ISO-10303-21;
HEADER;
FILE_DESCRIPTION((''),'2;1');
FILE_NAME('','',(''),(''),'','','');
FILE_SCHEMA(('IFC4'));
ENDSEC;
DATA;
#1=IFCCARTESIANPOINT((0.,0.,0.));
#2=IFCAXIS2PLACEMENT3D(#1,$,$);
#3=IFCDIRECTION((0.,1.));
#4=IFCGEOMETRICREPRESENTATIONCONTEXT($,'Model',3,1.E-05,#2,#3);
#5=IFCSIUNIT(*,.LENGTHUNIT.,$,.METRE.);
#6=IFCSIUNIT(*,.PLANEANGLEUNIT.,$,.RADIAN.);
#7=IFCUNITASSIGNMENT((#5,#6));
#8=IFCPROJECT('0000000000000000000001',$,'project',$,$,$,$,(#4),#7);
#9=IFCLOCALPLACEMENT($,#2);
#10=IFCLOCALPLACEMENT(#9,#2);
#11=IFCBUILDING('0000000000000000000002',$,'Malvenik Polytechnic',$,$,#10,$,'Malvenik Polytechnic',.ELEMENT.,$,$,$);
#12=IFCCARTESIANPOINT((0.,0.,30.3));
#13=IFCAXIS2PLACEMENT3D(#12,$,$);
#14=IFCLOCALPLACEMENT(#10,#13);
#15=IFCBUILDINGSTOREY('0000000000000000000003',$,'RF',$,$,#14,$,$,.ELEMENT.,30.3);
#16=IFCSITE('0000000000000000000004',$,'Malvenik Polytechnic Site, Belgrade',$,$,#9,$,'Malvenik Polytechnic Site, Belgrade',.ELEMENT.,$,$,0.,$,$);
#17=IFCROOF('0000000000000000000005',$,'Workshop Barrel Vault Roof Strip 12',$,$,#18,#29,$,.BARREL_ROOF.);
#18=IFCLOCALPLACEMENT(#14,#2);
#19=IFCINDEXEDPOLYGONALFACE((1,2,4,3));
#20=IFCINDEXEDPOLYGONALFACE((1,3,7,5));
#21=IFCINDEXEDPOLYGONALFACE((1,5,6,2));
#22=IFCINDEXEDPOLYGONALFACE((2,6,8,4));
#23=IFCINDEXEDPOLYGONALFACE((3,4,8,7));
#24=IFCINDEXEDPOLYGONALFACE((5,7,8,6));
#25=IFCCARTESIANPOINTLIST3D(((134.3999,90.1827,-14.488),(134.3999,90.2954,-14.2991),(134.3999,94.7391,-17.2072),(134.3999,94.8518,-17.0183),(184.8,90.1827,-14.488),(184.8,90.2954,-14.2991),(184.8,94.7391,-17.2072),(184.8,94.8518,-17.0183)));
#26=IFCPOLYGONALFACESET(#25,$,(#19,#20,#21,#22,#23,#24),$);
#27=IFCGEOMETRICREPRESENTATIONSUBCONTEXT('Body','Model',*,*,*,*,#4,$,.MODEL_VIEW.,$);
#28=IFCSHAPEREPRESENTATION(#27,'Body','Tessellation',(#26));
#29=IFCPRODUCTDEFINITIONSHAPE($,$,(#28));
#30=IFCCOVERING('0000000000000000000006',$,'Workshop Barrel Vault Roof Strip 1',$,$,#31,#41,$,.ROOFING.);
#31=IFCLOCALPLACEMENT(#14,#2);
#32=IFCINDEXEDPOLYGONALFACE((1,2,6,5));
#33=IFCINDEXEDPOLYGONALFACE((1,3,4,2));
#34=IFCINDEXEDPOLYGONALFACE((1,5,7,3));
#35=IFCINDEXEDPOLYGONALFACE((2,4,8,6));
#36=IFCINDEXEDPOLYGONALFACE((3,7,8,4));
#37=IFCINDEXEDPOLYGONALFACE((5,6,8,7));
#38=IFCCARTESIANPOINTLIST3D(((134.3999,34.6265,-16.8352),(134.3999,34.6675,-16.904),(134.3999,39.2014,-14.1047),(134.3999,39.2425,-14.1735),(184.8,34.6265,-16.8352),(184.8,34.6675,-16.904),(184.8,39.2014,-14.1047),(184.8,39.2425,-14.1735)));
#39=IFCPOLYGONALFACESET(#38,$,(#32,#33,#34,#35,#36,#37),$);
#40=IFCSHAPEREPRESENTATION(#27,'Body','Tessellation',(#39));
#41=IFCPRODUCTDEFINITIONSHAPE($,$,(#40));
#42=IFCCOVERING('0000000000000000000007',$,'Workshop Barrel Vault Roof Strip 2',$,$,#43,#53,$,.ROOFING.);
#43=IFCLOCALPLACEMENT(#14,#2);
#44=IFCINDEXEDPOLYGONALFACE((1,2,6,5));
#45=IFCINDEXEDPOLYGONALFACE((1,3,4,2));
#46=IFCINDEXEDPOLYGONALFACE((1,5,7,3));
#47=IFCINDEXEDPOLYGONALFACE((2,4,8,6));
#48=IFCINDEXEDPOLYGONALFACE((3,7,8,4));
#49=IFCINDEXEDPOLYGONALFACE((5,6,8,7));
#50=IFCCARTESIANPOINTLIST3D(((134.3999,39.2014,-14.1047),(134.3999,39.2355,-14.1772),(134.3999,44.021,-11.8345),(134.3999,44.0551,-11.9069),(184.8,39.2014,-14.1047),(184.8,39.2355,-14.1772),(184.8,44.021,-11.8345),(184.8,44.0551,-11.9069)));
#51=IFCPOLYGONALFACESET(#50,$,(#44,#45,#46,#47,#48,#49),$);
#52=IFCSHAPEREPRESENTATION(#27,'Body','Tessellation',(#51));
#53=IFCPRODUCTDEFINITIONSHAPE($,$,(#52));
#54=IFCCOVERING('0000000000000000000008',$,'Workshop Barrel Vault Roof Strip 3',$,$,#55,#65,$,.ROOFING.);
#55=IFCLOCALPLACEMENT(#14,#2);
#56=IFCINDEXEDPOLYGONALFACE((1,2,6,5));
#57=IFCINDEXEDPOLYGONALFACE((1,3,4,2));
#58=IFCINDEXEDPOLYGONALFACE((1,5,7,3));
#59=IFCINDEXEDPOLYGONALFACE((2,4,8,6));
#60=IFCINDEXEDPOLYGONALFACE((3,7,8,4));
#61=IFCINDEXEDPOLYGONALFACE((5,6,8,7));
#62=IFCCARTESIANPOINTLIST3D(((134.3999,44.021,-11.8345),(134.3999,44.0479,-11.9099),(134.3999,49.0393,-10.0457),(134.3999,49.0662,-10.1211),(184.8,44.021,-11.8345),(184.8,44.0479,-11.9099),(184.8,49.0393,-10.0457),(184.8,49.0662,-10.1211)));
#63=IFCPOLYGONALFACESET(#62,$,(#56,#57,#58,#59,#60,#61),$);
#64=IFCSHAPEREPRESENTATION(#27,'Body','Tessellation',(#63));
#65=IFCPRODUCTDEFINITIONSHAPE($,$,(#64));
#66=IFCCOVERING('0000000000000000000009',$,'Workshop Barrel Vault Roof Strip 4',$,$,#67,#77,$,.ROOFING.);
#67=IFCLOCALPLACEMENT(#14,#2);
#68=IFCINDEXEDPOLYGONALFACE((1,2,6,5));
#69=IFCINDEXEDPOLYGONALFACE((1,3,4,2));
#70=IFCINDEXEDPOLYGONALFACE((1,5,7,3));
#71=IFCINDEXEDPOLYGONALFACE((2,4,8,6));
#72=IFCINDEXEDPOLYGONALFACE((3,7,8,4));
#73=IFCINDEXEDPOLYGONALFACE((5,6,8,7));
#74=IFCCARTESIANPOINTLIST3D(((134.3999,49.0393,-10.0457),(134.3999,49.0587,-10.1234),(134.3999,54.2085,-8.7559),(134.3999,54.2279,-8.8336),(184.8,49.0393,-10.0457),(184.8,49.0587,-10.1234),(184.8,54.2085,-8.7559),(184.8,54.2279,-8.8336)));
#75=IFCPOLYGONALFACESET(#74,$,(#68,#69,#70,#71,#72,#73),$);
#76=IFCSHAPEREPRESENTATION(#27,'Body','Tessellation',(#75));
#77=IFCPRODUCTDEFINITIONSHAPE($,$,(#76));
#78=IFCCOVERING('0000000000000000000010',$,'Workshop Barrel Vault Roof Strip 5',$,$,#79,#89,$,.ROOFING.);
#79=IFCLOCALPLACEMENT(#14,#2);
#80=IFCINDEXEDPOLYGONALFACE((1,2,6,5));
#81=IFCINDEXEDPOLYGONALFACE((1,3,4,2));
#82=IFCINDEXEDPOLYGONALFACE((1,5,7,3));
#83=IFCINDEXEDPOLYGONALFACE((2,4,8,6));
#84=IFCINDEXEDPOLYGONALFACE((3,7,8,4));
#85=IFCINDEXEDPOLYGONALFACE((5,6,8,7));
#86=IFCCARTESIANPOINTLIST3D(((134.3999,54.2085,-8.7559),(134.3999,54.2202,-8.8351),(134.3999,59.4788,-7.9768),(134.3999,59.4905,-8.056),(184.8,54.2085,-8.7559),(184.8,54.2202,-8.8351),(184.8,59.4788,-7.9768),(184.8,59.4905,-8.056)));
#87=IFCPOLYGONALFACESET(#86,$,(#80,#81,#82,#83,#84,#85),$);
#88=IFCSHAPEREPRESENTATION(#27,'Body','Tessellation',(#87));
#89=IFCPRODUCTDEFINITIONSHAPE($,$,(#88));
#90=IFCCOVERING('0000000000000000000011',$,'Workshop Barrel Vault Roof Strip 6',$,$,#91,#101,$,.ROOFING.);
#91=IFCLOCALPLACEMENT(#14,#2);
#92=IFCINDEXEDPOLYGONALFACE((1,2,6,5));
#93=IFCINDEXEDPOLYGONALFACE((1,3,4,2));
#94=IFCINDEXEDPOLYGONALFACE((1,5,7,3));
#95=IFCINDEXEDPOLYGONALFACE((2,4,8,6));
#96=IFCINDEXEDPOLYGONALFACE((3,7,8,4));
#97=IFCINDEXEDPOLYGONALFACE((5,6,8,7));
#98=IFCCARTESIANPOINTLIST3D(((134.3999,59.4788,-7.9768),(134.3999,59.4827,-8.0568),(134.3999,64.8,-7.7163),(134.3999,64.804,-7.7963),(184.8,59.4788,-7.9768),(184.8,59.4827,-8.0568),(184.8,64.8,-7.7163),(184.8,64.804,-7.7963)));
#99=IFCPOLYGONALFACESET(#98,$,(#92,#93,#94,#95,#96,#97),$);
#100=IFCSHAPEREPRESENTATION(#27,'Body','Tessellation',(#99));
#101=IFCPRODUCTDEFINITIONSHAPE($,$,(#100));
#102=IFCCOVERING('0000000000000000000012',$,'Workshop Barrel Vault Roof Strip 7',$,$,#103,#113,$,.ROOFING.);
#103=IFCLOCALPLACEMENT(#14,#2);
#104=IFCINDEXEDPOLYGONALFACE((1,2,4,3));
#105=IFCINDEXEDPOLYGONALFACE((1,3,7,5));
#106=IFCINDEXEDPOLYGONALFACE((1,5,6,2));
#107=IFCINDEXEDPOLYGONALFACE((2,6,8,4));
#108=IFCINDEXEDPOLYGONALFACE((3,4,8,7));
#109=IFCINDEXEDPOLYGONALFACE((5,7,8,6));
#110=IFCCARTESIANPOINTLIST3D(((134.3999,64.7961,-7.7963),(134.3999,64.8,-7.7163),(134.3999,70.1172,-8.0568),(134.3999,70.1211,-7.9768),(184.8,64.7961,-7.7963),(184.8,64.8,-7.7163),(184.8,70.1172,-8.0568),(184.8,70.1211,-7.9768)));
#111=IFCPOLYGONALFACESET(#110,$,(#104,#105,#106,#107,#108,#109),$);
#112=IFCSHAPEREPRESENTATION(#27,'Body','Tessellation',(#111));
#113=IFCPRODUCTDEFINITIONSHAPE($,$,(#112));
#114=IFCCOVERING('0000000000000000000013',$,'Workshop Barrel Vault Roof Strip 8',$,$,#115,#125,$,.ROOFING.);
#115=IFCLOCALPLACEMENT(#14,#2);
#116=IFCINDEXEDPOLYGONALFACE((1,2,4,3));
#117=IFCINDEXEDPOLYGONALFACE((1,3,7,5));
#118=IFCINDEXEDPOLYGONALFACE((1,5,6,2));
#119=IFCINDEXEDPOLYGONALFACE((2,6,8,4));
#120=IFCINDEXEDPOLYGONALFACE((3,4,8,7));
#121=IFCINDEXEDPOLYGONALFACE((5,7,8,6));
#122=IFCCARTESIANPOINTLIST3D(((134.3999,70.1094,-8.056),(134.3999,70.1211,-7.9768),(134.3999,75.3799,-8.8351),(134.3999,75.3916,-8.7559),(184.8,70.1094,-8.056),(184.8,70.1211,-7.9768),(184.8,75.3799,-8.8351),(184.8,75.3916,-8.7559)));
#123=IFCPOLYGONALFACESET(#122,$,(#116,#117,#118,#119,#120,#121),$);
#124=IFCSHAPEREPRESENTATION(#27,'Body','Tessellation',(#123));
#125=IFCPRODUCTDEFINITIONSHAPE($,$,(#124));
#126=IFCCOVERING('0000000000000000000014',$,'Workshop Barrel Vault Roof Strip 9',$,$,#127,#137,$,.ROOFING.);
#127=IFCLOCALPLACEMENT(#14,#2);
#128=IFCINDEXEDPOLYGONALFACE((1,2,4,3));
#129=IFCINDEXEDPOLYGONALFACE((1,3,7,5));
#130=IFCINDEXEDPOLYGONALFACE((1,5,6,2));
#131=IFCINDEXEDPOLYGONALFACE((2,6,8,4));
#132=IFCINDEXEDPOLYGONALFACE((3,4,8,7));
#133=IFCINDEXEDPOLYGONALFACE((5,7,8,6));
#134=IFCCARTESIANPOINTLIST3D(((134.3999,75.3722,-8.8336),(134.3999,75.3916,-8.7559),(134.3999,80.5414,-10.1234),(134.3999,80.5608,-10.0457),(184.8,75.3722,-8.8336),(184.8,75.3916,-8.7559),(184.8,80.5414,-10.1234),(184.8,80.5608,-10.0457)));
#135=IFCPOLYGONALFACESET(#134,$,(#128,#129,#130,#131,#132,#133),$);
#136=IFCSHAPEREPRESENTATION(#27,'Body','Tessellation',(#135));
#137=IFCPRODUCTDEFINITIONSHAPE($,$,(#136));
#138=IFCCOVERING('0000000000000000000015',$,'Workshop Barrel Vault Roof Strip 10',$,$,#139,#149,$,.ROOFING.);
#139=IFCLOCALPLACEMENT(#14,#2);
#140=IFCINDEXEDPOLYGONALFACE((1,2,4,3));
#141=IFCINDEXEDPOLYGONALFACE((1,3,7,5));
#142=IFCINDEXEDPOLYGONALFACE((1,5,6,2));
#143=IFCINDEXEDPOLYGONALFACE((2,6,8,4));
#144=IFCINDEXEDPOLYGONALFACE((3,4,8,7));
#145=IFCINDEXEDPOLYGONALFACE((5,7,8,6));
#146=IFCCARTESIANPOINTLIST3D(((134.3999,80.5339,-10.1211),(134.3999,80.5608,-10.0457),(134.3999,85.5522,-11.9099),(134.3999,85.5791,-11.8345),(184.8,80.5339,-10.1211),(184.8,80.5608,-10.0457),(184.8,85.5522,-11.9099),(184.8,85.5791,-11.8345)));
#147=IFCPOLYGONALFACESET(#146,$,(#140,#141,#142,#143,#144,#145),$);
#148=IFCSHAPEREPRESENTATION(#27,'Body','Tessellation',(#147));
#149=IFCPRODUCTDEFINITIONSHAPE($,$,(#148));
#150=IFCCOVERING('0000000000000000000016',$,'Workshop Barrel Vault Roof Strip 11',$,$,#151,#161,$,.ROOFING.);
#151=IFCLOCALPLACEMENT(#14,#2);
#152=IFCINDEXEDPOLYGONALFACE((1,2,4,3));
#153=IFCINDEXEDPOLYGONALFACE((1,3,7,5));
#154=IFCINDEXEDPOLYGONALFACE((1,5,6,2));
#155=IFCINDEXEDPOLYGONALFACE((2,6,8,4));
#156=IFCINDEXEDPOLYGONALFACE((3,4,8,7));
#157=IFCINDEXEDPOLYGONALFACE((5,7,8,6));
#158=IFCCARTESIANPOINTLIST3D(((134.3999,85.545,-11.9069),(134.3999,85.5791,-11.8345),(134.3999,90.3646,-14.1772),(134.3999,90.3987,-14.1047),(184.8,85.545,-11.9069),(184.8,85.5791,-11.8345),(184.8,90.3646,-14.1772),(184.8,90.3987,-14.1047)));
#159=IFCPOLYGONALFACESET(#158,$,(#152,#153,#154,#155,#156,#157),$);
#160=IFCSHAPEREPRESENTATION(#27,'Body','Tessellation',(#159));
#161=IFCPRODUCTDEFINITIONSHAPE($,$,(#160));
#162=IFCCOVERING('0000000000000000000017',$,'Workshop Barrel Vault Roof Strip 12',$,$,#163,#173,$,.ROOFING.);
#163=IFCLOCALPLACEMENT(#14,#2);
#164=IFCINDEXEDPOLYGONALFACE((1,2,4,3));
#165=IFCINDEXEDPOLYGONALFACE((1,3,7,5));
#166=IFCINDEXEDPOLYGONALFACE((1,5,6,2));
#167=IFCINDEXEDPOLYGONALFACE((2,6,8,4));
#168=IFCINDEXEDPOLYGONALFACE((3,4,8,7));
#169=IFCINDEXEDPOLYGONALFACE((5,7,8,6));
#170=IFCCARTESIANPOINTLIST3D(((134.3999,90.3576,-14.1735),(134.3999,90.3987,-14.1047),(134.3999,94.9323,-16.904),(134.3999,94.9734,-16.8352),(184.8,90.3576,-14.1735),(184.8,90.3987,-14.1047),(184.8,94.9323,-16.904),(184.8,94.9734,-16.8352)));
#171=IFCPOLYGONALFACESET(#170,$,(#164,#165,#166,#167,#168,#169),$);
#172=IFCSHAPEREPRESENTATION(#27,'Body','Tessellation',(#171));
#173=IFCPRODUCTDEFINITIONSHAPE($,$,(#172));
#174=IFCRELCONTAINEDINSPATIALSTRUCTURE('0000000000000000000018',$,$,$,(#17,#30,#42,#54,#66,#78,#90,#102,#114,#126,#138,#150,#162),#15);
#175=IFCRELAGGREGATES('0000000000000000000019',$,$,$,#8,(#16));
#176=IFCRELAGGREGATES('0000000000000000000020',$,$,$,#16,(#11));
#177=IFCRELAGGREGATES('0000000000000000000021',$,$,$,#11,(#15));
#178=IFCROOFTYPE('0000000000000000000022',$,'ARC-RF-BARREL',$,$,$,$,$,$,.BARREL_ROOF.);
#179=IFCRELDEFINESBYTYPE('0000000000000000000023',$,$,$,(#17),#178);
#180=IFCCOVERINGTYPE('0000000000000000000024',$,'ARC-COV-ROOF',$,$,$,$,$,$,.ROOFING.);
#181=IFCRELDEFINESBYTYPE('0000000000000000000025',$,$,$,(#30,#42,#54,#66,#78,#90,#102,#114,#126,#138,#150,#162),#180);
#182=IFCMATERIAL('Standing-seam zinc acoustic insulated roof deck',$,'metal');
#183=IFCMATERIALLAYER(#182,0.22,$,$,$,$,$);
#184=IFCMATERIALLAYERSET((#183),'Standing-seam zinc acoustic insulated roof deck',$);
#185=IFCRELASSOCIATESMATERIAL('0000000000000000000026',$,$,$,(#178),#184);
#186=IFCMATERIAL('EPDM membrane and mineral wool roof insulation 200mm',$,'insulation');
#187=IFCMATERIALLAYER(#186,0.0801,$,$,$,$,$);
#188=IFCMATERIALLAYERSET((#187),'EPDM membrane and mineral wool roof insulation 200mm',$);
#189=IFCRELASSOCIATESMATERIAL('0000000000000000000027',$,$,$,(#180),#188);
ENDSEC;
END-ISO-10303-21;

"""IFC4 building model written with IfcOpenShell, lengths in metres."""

from ifc_helpers import new_model, si_unit, direction, frame, origin, place, context, subcontext, project, spatial, polyline, outline, extrude, material, layer, layer_set, type_object, element, save


model = new_model("IFC4")

# Units and contexts
model_context = context("Model", 3, precision=1e-05, world=origin(), true_north=direction((0.0, 1.0)))
body_context = subcontext(model_context, "Body", "Model", "MODEL_VIEW")
ifc_project = project(units=[si_unit("LENGTHUNIT", "METRE"), si_unit("PLANEANGLEUNIT", "RADIAN")], contexts=[model_context])

# Site, building, storey
site_placement = place(None, origin())
site = spatial("IfcSite", under=ifc_project, at=site_placement, Name="Malvenik Polytechnic Site, Belgrade", LongName="Malvenik Polytechnic Site, Belgrade", CompositionType="ELEMENT", RefElevation=0.0)
building_placement = place(site_placement, origin())
building = spatial("IfcBuilding", under=site, at=building_placement, Name="Malvenik Polytechnic", LongName="Malvenik Polytechnic", CompositionType="ELEMENT")
storey_placement = place(building_placement, frame((0.0, 0.0, 30.3)))
storey = spatial("IfcBuildingStorey", under=building, at=storey_placement, Name="RF", CompositionType="ELEMENT", Elevation=30.3)

# Roof
ifc_material_1 = material(Name="Standing-seam zinc acoustic insulated roof deck", Category="metal")
ifc_layer_1 = layer(ifc_material_1, 0.22)
ifc_layer_set_1 = layer_set([ifc_layer_1], Name="Standing-seam zinc acoustic insulated roof deck")
roof_type = type_object("IfcRoofType", Name="ARC-RF-BARREL", PredefinedType="BARREL_ROOF", material=ifc_layer_set_1)
roof_placement = place(storey_placement, frame((134.3999, 90.2954, -14.2991), z_axis=(0.0, 0.512471, 0.858704), x_axis=(1.0, 0.0, 0.0)))
element("IfcRoof", 1, at=roof_placement, inside=storey, type_object=roof_type, Name="Workshop Barrel Vault Roof Strip 12", PredefinedType="BARREL_ROOF", context=body_context, shape_type="SweptSolid", body=[
    extrude(outline(polyline([(0.0, 0.0), (50.4001, 0.0), (50.4001, 5.3061), (0.0, 5.3061), (0.0, 0.0)])), origin(), (0.0, 0.0, -1.0), 0.22),
])

# Coverings
ifc_material_2 = material(Name="EPDM membrane and mineral wool roof insulation 200mm", Category="insulation")
ifc_layer_2 = layer(ifc_material_2, 0.0801)
ifc_layer_set_2 = layer_set([ifc_layer_2], Name="EPDM membrane and mineral wool roof insulation 200mm")
covering_type = type_object("IfcCoveringType", Name="ARC-COV-ROOF", PredefinedType="ROOFING", material=ifc_layer_set_2)
covering_1_placement = place(storey_placement, frame((134.3999, 34.6265, -16.8352), z_axis=(0.0, -0.512493, 0.858691), x_axis=(1.0, 0.0, 0.0)))
element("IfcCovering", 2, at=covering_1_placement, inside=storey, type_object=covering_type, Name="Workshop Barrel Vault Roof Strip 1", PredefinedType="ROOFING", context=body_context, shape_type="SweptSolid", body=[
    extrude(outline(polyline([(0.0, 0.0), (50.4001, 0.0), (50.4001, 5.3278), (0.0, 5.3278), (0.0, 0.0)])), origin(), (0.0, 0.0, -1.0), 0.0801),
])
covering_2_placement = place(storey_placement, frame((134.3999, 39.2014, -14.1047), z_axis=(0.0, -0.426139, 0.904658), x_axis=(1.0, 0.0, 0.0)))
element("IfcCovering", 3, at=covering_2_placement, inside=storey, type_object=covering_type, Name="Workshop Barrel Vault Roof Strip 2", PredefinedType="ROOFING", context=body_context, shape_type="SweptSolid", body=[
    extrude(outline(polyline([(0.0, 0.0), (50.4001, 0.0), (50.4001, 5.3275), (0.0, 5.3275), (0.0, 0.0)])), origin(), (0.0, 0.0, -1.0), 0.0801),
])
covering_3_placement = place(storey_placement, frame((134.3999, 44.021, -11.8345), z_axis=(0.0, -0.335764, 0.941946), x_axis=(1.0, 0.0, 0.0)))
element("IfcCovering", 4, at=covering_3_placement, inside=storey, type_object=covering_type, Name="Workshop Barrel Vault Roof Strip 3", PredefinedType="ROOFING", context=body_context, shape_type="SweptSolid", body=[
    extrude(outline(polyline([(0.0, 0.0), (50.4001, 0.0), (50.4001, 5.3276), (0.0, 5.3276), (0.0, 0.0)])), origin(), (0.0, 0.0, -1.0), 0.0801),
])
covering_4_placement = place(storey_placement, frame((134.3999, 49.0393, -10.0457), z_axis=(0.0, -0.242094, 0.970253), x_axis=(1.0, 0.0, 0.0)))
element("IfcCovering", 5, at=covering_4_placement, inside=storey, type_object=covering_type, Name="Workshop Barrel Vault Roof Strip 4", PredefinedType="ROOFING", context=body_context, shape_type="SweptSolid", body=[
    extrude(outline(polyline([(0.0, 0.0), (50.4001, 0.0), (50.4001, 5.3277), (0.0, 5.3277), (0.0, 0.0)])), origin(), (0.0, 0.0, -1.0), 0.0801),
])
covering_5_placement = place(storey_placement, frame((134.3999, 54.2085, -8.7559), z_axis=(0.0, -0.146231, 0.98925), x_axis=(1.0, 0.0, 0.0)))
element("IfcCovering", 6, at=covering_5_placement, inside=storey, type_object=covering_type, Name="Workshop Barrel Vault Roof Strip 5", PredefinedType="ROOFING", context=body_context, shape_type="SweptSolid", body=[
    extrude(outline(polyline([(0.0, 0.0), (50.4001, 0.0), (50.4001, 5.3275), (0.0, 5.3275), (0.0, 0.0)])), origin(), (0.0, 0.0, -1.0), 0.0801),
])
covering_6_placement = place(storey_placement, frame((134.3999, 59.4788, -7.9768), z_axis=(0.0, -0.048895, 0.998804), x_axis=(1.0, 0.0, 0.0)))
element("IfcCovering", 7, at=covering_6_placement, inside=storey, type_object=covering_type, Name="Workshop Barrel Vault Roof Strip 6", PredefinedType="ROOFING", context=body_context, shape_type="SweptSolid", body=[
    extrude(outline(polyline([(0.0, 0.0), (50.4001, 0.0), (50.4001, 5.3277), (0.0, 5.3277), (0.0, 0.0)])), origin(), (0.0, 0.0, -1.0), 0.0801),
])
covering_7_placement = place(storey_placement, frame((134.3999, 64.8, -7.7163), z_axis=(0.0, 0.048898, 0.998804), x_axis=(1.0, 0.0, 0.0)))
element("IfcCovering", 8, at=covering_7_placement, inside=storey, type_object=covering_type, Name="Workshop Barrel Vault Roof Strip 7", PredefinedType="ROOFING", context=body_context, shape_type="SweptSolid", body=[
    extrude(outline(polyline([(0.0, 0.0), (50.4001, 0.0), (50.4001, 5.3274), (0.0, 5.3274), (0.0, 0.0)])), origin(), (0.0, 0.0, -1.0), 0.0801),
])
covering_8_placement = place(storey_placement, frame((134.3999, 70.1211, -7.9768), z_axis=(0.0, 0.146225, 0.989251), x_axis=(1.0, 0.0, 0.0)))
element("IfcCovering", 9, at=covering_8_placement, inside=storey, type_object=covering_type, Name="Workshop Barrel Vault Roof Strip 8", PredefinedType="ROOFING", context=body_context, shape_type="SweptSolid", body=[
    extrude(outline(polyline([(0.0, 0.0), (50.4001, 0.0), (50.4001, 5.3278), (0.0, 5.3278), (0.0, 0.0)])), origin(), (0.0, 0.0, -1.0), 0.0801),
])
covering_9_placement = place(storey_placement, frame((134.3999, 75.3916, -8.7559), z_axis=(0.0, 0.242094, 0.970253), x_axis=(1.0, 0.0, 0.0)))
element("IfcCovering", 10, at=covering_9_placement, inside=storey, type_object=covering_type, Name="Workshop Barrel Vault Roof Strip 9", PredefinedType="ROOFING", context=body_context, shape_type="SweptSolid", body=[
    extrude(outline(polyline([(0.0, 0.0), (50.4001, 0.0), (50.4001, 5.3277), (0.0, 5.3277), (0.0, 0.0)])), origin(), (0.0, 0.0, -1.0), 0.0801),
])
covering_10_placement = place(storey_placement, frame((134.3999, 80.5608, -10.0457), z_axis=(0.0, 0.335764, 0.941946), x_axis=(1.0, 0.0, 0.0)))
element("IfcCovering", 11, at=covering_10_placement, inside=storey, type_object=covering_type, Name="Workshop Barrel Vault Roof Strip 10", PredefinedType="ROOFING", context=body_context, shape_type="SweptSolid", body=[
    extrude(outline(polyline([(0.0, 0.0), (50.4001, 0.0), (50.4001, 5.3276), (0.0, 5.3276), (0.0, 0.0)])), origin(), (0.0, 0.0, -1.0), 0.0801),
])
covering_11_placement = place(storey_placement, frame((134.3999, 85.5791, -11.8345), z_axis=(0.0, 0.426139, 0.904658), x_axis=(1.0, 0.0, 0.0)))
element("IfcCovering", 12, at=covering_11_placement, inside=storey, type_object=covering_type, Name="Workshop Barrel Vault Roof Strip 11", PredefinedType="ROOFING", context=body_context, shape_type="SweptSolid", body=[
    extrude(outline(polyline([(0.0, 0.0), (50.4001, 0.0), (50.4001, 5.3275), (0.0, 5.3275), (0.0, 0.0)])), origin(), (0.0, 0.0, -1.0), 0.0801),
])
covering_12_placement = place(storey_placement, frame((134.3999, 90.3987, -14.1047), z_axis=(0.0, 0.512513, 0.858679), x_axis=(1.0, 0.0, 0.0)))
element("IfcCovering", 13, at=covering_12_placement, inside=storey, type_object=covering_type, Name="Workshop Barrel Vault Roof Strip 12", PredefinedType="ROOFING", context=body_context, shape_type="SweptSolid", body=[
    extrude(outline(polyline([(0.0, 0.0), (50.4001, 0.0), (50.4001, 5.3276), (0.0, 5.3276), (0.0, 0.0)])), origin(), (0.0, 0.0, -1.0), 0.0801),
])

save(model, "model.ifc")
